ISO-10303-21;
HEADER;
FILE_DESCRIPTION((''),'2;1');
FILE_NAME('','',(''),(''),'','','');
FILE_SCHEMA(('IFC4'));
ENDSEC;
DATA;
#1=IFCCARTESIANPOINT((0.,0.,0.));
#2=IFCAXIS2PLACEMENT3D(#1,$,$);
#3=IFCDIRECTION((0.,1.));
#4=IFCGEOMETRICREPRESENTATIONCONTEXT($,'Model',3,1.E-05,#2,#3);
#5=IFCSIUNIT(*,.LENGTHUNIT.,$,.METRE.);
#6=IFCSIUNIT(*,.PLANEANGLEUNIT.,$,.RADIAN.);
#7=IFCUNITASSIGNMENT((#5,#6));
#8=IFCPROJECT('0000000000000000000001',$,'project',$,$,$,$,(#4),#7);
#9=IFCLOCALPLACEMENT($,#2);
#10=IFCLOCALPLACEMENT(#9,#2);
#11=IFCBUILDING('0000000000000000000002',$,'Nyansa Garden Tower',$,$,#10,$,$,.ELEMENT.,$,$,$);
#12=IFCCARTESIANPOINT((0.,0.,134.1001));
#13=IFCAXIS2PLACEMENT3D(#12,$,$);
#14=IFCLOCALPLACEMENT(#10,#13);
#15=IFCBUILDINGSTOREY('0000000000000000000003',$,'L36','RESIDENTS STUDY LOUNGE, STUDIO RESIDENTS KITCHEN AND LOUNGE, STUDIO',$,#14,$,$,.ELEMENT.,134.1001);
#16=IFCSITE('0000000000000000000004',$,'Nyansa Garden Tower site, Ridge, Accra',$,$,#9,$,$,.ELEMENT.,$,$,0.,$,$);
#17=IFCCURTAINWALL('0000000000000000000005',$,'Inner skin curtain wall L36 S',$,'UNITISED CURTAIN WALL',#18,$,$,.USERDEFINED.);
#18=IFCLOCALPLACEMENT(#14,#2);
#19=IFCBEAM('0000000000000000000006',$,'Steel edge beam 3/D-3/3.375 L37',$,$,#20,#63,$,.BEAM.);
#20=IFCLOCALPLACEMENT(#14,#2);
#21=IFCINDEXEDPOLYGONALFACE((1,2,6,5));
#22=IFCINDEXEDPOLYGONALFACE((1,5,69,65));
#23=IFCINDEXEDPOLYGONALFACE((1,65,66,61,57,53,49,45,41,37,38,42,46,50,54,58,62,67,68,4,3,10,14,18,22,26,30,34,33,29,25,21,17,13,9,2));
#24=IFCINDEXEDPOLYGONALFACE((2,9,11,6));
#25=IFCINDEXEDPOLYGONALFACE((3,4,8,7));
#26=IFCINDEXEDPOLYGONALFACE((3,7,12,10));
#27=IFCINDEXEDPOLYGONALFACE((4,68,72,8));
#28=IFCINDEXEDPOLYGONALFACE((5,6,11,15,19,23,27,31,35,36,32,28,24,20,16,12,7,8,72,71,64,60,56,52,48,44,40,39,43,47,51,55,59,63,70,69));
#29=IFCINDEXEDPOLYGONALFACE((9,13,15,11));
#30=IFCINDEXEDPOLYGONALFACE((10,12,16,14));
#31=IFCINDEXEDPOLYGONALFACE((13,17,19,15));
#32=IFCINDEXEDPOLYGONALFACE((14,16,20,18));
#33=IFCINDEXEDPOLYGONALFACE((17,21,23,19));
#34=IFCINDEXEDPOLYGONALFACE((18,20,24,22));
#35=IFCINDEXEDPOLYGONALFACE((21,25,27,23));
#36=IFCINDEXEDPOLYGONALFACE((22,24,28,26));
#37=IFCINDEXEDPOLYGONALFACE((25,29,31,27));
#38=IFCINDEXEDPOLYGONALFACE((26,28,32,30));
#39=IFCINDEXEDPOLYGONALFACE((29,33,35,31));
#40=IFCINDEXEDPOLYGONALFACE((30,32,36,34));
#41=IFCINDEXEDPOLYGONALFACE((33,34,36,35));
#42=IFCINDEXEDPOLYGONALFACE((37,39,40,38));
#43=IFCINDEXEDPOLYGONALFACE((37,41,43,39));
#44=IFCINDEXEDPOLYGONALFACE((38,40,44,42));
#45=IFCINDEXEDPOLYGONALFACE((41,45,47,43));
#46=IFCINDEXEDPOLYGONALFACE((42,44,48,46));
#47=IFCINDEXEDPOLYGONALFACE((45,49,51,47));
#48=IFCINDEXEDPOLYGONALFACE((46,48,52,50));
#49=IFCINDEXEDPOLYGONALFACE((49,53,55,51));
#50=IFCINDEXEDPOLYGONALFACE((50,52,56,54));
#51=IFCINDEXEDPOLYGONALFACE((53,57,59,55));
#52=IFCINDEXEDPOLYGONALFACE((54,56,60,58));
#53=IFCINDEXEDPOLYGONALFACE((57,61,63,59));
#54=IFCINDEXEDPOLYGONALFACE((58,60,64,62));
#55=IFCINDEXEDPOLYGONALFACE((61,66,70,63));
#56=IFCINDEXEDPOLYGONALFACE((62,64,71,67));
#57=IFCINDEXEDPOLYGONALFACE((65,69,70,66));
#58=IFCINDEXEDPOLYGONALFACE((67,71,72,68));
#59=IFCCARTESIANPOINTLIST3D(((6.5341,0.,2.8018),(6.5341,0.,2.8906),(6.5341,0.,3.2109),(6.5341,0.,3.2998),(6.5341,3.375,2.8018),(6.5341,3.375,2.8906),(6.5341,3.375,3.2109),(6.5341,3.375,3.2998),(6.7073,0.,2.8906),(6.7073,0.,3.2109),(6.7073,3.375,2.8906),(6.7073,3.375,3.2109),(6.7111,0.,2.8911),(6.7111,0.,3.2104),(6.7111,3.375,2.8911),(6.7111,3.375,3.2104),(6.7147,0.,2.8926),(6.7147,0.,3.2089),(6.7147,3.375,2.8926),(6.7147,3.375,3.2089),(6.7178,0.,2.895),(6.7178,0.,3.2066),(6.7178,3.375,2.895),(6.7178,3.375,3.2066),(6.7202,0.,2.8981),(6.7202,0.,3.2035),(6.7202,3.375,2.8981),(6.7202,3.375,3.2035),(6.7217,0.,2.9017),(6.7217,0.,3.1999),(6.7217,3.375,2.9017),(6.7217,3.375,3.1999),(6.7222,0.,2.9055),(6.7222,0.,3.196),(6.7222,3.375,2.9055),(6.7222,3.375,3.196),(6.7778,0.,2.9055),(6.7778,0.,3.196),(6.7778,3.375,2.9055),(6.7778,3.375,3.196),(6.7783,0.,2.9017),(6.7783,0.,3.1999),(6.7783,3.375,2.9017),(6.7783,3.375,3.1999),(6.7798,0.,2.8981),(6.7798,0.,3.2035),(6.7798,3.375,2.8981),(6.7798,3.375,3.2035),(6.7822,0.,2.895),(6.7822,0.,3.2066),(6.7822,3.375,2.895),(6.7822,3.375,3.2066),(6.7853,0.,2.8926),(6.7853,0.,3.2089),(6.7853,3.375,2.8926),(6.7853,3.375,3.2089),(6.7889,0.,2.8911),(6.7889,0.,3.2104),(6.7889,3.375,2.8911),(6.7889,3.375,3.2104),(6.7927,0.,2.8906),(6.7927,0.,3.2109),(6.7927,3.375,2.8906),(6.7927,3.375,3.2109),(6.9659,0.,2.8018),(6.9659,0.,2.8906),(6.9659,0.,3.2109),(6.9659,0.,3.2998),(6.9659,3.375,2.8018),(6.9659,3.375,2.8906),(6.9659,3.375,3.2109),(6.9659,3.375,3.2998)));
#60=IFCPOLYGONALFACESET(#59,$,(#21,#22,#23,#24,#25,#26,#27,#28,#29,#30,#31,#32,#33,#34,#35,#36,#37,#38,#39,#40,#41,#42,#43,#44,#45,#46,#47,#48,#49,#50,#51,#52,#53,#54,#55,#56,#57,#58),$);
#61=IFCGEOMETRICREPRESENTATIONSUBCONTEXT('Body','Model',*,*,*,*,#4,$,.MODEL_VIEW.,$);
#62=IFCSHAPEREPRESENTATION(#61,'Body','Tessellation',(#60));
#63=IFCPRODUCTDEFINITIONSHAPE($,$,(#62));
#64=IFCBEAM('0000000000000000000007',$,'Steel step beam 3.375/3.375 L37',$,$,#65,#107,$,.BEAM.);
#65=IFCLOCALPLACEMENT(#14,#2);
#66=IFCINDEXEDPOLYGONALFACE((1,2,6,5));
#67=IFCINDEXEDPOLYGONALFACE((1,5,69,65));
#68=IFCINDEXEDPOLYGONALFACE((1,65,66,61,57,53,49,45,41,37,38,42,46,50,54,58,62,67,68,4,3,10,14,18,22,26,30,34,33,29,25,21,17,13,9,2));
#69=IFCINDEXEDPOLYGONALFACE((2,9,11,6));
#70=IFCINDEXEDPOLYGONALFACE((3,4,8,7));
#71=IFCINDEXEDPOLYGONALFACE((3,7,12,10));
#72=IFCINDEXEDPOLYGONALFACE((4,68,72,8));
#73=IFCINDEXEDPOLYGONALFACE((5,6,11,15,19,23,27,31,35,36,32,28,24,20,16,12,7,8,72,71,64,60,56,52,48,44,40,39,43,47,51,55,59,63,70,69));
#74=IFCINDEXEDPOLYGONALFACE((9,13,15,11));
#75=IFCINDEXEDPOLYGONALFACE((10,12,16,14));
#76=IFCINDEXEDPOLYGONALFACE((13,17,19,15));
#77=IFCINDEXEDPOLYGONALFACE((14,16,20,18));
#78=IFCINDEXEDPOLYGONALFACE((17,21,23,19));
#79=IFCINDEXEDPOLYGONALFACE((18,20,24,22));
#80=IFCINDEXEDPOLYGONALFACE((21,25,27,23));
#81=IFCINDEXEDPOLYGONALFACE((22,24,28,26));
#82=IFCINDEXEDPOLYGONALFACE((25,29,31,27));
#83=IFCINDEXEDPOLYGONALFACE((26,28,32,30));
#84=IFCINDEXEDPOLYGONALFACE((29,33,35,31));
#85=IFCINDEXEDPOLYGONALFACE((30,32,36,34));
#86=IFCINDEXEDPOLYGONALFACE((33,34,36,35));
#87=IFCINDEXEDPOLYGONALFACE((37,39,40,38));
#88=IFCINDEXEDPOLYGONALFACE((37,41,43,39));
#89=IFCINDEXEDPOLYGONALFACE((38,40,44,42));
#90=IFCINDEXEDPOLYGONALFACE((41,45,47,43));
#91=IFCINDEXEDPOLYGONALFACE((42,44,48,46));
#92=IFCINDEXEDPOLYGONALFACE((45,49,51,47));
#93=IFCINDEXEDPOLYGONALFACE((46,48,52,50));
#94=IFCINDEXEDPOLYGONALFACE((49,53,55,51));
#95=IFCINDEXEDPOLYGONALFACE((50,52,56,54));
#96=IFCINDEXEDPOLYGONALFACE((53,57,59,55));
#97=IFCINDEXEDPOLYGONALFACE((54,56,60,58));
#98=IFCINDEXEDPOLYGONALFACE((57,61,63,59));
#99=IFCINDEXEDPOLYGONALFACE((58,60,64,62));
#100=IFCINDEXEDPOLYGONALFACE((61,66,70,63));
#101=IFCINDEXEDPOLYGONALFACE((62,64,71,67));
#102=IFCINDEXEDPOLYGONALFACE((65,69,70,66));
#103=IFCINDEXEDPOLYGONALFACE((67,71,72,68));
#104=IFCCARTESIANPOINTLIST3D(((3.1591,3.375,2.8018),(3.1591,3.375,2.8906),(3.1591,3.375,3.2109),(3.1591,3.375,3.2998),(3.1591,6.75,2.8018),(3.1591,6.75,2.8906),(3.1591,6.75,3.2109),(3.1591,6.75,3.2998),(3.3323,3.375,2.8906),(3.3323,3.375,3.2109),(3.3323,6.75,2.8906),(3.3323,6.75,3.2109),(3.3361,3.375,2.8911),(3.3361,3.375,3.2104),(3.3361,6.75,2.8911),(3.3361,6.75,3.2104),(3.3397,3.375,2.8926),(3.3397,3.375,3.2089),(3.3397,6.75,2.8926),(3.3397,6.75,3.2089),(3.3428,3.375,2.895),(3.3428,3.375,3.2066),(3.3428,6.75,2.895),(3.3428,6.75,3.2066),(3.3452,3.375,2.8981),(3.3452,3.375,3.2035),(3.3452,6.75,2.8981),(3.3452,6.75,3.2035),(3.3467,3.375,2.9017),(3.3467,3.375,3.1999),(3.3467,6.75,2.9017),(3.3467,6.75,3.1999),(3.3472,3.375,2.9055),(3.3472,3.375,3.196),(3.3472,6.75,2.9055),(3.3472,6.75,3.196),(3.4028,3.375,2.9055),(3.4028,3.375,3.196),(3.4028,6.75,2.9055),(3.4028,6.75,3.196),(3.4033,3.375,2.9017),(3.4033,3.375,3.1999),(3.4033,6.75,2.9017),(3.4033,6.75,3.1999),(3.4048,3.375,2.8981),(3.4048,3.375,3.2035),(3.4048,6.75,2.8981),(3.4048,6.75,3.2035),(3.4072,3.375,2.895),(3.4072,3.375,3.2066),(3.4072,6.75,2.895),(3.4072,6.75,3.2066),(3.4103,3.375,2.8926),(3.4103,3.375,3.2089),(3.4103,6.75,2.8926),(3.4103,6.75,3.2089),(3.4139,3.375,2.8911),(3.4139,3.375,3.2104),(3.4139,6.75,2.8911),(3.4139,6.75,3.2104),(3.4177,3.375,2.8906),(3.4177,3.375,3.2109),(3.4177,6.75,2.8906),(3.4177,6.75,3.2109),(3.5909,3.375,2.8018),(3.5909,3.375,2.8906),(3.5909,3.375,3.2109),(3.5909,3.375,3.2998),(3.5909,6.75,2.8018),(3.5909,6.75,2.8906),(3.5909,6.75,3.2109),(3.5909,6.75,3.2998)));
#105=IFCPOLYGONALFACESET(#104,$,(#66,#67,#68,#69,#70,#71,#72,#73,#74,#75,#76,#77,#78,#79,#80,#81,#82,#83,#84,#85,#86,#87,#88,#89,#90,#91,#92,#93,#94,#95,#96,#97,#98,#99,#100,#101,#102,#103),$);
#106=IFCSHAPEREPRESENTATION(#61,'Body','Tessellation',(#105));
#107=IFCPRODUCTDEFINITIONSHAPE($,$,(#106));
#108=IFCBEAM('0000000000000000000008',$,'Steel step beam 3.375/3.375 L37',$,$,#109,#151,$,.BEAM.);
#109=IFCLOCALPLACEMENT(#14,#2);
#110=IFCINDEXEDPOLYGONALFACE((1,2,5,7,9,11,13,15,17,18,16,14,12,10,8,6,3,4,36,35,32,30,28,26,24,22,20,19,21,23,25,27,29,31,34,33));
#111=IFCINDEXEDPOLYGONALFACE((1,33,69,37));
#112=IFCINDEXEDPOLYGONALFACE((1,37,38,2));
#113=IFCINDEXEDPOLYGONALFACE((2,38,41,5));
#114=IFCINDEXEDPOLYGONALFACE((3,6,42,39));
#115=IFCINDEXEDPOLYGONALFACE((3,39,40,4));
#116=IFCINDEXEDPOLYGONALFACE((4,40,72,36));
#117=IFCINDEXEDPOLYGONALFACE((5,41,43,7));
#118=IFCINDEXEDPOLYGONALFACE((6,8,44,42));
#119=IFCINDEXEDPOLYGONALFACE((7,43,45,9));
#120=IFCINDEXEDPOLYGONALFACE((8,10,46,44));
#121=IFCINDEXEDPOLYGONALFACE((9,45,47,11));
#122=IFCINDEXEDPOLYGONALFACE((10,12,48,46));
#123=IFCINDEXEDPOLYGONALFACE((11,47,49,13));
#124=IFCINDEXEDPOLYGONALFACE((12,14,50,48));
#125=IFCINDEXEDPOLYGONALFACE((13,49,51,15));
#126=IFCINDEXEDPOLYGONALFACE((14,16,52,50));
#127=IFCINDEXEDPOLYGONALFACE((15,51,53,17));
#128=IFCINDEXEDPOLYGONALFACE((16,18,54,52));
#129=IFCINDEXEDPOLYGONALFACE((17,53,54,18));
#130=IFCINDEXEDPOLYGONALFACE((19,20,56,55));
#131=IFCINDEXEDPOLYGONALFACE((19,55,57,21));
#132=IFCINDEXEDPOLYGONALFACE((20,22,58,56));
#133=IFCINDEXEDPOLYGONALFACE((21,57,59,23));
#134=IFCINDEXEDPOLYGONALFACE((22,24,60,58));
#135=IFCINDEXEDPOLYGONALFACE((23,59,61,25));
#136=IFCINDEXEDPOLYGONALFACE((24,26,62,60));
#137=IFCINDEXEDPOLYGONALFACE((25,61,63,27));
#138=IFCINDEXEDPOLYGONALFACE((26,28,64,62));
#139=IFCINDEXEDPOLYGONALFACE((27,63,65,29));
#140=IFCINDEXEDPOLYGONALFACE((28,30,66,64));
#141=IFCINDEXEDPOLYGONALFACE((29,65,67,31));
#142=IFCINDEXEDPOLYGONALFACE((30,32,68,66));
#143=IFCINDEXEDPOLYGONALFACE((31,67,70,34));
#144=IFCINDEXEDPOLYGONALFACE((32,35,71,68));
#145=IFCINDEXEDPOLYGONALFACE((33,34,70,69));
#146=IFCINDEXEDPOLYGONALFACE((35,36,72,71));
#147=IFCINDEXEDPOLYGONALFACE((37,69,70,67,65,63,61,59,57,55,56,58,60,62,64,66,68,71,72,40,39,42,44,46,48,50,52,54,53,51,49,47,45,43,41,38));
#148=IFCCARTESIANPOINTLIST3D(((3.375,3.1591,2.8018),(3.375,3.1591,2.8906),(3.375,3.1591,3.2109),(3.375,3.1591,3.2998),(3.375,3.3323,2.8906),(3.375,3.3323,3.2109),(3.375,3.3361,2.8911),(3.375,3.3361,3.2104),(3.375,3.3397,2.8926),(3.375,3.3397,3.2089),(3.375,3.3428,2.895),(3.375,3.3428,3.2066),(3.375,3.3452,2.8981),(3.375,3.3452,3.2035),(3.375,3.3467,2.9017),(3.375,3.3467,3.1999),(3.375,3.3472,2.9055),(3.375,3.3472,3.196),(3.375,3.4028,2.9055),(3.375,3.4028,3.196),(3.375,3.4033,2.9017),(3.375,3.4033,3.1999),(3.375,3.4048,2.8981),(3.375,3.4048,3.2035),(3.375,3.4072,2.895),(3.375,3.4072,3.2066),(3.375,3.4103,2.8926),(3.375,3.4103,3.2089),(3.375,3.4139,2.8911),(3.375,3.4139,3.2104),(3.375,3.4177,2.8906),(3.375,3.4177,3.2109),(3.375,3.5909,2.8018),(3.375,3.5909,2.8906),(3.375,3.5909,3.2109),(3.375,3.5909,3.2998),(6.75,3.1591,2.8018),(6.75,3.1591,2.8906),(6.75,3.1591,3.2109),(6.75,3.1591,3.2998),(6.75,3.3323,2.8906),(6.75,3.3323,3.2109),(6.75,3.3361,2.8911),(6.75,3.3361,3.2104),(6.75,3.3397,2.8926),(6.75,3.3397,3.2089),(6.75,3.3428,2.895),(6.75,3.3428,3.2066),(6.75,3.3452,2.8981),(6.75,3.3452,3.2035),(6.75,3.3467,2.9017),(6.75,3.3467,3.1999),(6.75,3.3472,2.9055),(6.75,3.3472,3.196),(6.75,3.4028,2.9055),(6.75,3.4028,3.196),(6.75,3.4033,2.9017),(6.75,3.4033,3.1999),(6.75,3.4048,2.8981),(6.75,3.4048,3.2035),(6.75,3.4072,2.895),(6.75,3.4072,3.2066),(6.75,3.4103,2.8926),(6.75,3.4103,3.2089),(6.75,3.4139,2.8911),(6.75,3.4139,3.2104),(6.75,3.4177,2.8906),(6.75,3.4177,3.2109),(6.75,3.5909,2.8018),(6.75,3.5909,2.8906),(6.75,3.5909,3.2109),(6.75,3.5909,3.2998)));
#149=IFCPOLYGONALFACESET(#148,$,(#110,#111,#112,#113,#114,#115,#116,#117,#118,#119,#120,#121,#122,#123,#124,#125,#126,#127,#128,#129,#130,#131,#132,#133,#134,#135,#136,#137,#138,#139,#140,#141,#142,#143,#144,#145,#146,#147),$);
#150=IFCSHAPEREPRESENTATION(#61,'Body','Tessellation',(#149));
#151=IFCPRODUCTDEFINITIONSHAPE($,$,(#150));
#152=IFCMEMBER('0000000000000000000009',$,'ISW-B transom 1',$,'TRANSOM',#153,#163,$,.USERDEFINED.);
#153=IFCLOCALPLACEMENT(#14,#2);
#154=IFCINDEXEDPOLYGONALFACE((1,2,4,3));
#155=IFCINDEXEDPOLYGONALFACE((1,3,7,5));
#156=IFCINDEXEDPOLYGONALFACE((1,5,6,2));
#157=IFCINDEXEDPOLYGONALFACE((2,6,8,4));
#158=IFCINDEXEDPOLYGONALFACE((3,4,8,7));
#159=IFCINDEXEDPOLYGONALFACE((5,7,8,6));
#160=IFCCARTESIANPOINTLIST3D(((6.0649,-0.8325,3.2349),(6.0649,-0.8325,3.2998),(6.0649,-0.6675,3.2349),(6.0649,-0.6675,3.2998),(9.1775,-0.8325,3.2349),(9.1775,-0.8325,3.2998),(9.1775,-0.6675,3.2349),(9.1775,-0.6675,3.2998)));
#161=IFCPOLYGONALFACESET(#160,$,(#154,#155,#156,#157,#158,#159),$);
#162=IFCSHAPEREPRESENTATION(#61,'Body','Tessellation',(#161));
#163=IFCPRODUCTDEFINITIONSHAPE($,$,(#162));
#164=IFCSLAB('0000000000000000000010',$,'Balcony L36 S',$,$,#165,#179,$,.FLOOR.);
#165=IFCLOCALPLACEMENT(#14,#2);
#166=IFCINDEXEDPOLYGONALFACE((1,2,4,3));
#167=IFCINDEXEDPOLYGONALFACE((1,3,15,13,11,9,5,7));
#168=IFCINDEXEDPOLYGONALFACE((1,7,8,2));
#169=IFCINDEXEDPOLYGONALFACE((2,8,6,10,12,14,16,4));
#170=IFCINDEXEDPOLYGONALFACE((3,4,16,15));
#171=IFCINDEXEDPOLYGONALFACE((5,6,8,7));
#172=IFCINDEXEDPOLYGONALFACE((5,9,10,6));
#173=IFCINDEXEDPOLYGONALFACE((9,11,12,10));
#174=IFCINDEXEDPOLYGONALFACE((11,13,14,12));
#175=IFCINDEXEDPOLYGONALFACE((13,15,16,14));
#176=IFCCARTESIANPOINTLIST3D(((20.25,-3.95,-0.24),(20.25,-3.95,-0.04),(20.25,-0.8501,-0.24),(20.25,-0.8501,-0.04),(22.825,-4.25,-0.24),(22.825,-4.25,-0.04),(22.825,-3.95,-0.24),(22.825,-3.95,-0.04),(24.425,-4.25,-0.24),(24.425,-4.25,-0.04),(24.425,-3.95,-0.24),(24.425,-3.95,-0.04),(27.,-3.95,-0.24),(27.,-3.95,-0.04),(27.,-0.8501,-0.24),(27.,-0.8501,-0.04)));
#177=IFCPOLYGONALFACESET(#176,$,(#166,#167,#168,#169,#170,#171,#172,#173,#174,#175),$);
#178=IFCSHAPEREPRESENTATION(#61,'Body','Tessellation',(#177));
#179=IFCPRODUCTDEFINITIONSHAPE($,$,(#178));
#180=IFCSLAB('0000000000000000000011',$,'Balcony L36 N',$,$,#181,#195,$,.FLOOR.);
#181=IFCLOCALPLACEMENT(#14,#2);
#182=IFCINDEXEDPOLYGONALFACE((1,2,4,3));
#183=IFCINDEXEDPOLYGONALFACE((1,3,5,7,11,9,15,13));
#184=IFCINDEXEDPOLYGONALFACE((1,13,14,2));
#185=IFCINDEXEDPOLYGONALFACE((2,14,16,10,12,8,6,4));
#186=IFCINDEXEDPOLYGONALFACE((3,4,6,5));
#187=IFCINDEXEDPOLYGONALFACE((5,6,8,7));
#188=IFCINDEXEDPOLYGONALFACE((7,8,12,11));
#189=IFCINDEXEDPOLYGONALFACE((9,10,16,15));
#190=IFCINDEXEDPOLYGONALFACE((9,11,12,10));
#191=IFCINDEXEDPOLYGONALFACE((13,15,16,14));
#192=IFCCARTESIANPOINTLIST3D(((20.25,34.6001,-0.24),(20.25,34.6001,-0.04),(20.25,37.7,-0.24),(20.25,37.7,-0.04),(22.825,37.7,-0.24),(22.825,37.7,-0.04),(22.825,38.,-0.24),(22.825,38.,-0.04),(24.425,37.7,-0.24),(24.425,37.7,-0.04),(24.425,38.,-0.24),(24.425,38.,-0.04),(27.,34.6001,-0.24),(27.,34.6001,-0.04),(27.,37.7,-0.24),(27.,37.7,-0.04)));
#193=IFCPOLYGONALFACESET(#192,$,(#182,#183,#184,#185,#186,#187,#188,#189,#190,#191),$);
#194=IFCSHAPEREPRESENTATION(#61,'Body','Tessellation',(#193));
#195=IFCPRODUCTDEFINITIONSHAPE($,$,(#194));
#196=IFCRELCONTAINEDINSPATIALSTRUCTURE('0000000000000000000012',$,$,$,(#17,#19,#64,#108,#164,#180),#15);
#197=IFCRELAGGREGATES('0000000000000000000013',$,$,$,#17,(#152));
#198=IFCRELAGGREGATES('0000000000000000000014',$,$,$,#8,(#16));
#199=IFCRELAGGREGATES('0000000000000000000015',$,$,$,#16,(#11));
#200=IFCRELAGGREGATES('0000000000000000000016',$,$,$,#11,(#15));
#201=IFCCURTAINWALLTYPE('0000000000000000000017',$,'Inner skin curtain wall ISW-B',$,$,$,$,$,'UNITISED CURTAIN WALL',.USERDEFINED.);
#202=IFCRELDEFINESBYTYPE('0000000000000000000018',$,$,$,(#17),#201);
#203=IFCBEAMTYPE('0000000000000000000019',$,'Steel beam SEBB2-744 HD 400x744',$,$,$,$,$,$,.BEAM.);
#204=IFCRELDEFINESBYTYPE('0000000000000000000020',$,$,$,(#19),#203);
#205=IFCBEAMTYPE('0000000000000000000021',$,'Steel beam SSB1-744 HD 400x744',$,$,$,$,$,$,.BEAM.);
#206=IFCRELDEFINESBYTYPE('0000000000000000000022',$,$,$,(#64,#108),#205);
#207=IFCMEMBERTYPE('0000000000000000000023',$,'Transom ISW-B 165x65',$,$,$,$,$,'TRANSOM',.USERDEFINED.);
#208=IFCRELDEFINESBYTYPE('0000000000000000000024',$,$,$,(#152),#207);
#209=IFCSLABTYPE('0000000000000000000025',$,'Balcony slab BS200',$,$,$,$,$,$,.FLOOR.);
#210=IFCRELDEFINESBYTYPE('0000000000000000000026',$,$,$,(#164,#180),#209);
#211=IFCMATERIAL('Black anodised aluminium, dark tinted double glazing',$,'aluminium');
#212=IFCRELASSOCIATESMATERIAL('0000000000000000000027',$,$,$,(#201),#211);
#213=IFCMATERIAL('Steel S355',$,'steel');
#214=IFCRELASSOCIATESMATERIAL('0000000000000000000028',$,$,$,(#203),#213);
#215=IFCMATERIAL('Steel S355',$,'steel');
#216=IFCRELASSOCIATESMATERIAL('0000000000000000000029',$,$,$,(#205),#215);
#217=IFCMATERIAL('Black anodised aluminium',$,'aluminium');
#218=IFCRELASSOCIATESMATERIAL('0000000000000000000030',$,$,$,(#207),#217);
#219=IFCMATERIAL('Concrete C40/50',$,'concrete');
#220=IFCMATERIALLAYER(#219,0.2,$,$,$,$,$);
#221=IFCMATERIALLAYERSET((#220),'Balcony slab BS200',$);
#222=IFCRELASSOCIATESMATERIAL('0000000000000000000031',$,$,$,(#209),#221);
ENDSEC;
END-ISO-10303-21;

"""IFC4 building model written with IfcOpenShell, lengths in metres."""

from ifc_helpers import new_model, si_unit, direction, frame, origin, origin_2d, place, context, subcontext, project, spatial, polyline, rectangle, i_section, outline, extrude, material, layer, layer_set, material_profile, profile_set, type_object, element, aggregate, save


model = new_model("IFC4")

# Units and contexts
model_context = context("Model", 3, precision=1e-05, world=origin(), true_north=direction((0.0, 1.0)))
body_context = subcontext(model_context, "Body", "Model", "MODEL_VIEW")
ifc_project = project(units=[si_unit("LENGTHUNIT", "METRE"), si_unit("PLANEANGLEUNIT", "RADIAN")], contexts=[model_context])

# Site, building, storey
site_placement = place(None, origin())
site = spatial("IfcSite", under=ifc_project, at=site_placement, Name="Nyansa Garden Tower site, Ridge, Accra", CompositionType="ELEMENT", RefElevation=0.0)
building_placement = place(site_placement, origin())
building = spatial("IfcBuilding", under=site, at=building_placement, Name="Nyansa Garden Tower", CompositionType="ELEMENT")
storey_placement = place(building_placement, frame((0.0, 0.0, 134.1001)))
storey = spatial("IfcBuildingStorey", under=building, at=storey_placement, Name="L36", Description="RESIDENTS STUDY LOUNGE, STUDIO RESIDENTS KITCHEN AND LOUNGE, STUDIO", CompositionType="ELEMENT", Elevation=134.1001)

# Curtain wall
ifc_material_1 = material(Name="Black anodised aluminium, dark tinted double glazing", Category="aluminium")
curtain_wall_type = type_object("IfcCurtainWallType", Name="Inner skin curtain wall ISW-B", ElementType="UNITISED CURTAIN WALL", PredefinedType="USERDEFINED", material=ifc_material_1)
curtain_wall_1_placement = place(storey_placement, origin())
curtain_wall_1 = element("IfcCurtainWall", 1, at=curtain_wall_1_placement, inside=storey, type_object=curtain_wall_type, Name="Inner skin curtain wall L36 S", ObjectType="UNITISED CURTAIN WALL", PredefinedType="USERDEFINED")

# Beams
ifc_material_2 = material(Name="Steel S355", Category="steel")
ifc_material_profile_1 = material_profile(ifc_material_2, i_section(OverallWidth=0.4319, OverallDepth=0.498, WebThickness=0.0557, FlangeThickness=0.0889, FilletRadius=0.0149, at=origin_2d()), Name="HD 400x744")
ifc_profile_set_1 = profile_set([ifc_material_profile_1], Name="Steel S355")
beam_type_1 = type_object("IfcBeamType", Name="Steel beam SEBB2-744 HD 400x744", PredefinedType="BEAM", material=ifc_profile_set_1)
beam_1_placement = place(storey_placement, frame((6.75, 0.0, 3.0508), z_axis=(0.0, 1.0, 0.0), x_axis=(-1.0, 0.0, 0.0)))
element("IfcBeam", 2, at=beam_1_placement, inside=storey, type_object=beam_type_1, Name="Steel edge beam 3/D-3/3.375 L37", PredefinedType="BEAM", context=body_context, shape_type="SweptSolid", body=[
    extrude(i_section(OverallWidth=0.4319, OverallDepth=0.498, WebThickness=0.0557, FlangeThickness=0.0889, FilletRadius=0.0149, at=origin_2d()), origin(), (0.0, 0.0, 1.0), 3.375),
])
ifc_material_3 = material(Name="Steel S355", Category="steel")
ifc_material_profile_2 = material_profile(ifc_material_3, i_section(OverallWidth=0.4319, OverallDepth=0.498, WebThickness=0.0557, FlangeThickness=0.0889, FilletRadius=0.0149, at=origin_2d()), Name="HD 400x744")
ifc_profile_set_2 = profile_set([ifc_material_profile_2], Name="Steel S355")
beam_type_2 = type_object("IfcBeamType", Name="Steel beam SSB1-744 HD 400x744", PredefinedType="BEAM", material=ifc_profile_set_2)
for number, where, z_axis, x_axis, name in (
    (3, (3.375, 3.375, 3.0508), (0.0, 1.0, 0.0), (-1.0, 0.0, 0.0), "Steel step beam 3.375/3.375 L37"),
    (4, (3.375, 3.375, 3.0508), (1.0, 0.0, 0.0), (0.0, 1.0, 0.0), "Steel step beam 3.375/3.375 L37"),
):
    element("IfcBeam", number, at=place(storey_placement, frame(where, z_axis=z_axis, x_axis=x_axis)), inside=storey, type_object=beam_type_2, Name=name, PredefinedType="BEAM", context=body_context, shape_type="SweptSolid", body=[
        extrude(i_section(OverallWidth=0.4319, OverallDepth=0.498, WebThickness=0.0557, FlangeThickness=0.0889, FilletRadius=0.0149, at=origin_2d()), origin(), (0.0, 0.0, 1.0), 3.375),
    ])

# Member
ifc_material_4 = material(Name="Black anodised aluminium", Category="aluminium")
ifc_material_profile_3 = material_profile(ifc_material_4, rectangle(XDim=0.165, YDim=0.0649, at=origin_2d()), Name="Transom 165x65")
ifc_profile_set_3 = profile_set([ifc_material_profile_3], Name="Black anodised aluminium")
member_type_1 = type_object("IfcMemberType", Name="Transom ISW-B 165x65", ElementType="TRANSOM", PredefinedType="USERDEFINED", material=ifc_profile_set_3)
member_1_placement = place(storey_placement, frame((6.0649, -0.75, 3.2673), z_axis=(1.0, 0.0, 0.0), x_axis=(0.0, 1.0, 0.0)))
member_1 = element("IfcMember", 5, at=member_1_placement, type_object=member_type_1, Name="ISW-B transom 1", ObjectType="TRANSOM", PredefinedType="USERDEFINED", context=body_context, shape_type="SweptSolid", body=[
    extrude(rectangle(XDim=0.165, YDim=0.0649, at=origin_2d()), origin(), (0.0, 0.0, 1.0), 3.1125),
])
aggregate(curtain_wall_1, [member_1])

# Slabs
ifc_material_5 = material(Name="Concrete C40/50", Category="concrete")
ifc_layer_1 = layer(ifc_material_5, 0.2)
ifc_layer_set_1 = layer_set([ifc_layer_1], Name="Balcony slab BS200")
slab_type_1 = type_object("IfcSlabType", Name="Balcony slab BS200", PredefinedType="FLOOR", material=ifc_layer_set_1)
slab_1_placement = place(storey_placement, frame((0.0, 0.0, -0.24)))
element("IfcSlab", 6, at=slab_1_placement, inside=storey, type_object=slab_type_1, Name="Balcony L36 S", PredefinedType="FLOOR", context=body_context, shape_type="SweptSolid", body=[
    extrude(outline(polyline([(20.25, -0.8501), (27.0, -0.8501), (27.0, -3.95), (24.425, -3.95), (24.425, -4.25), (22.825, -4.25), (22.825, -3.95), (20.25, -3.95), (20.25, -0.8501)])), origin(), (0.0, 0.0, 1.0), 0.2),
])
slab_2_placement = place(storey_placement, frame((0.0, 0.0, -0.24)))
element("IfcSlab", 7, at=slab_2_placement, inside=storey, type_object=slab_type_1, Name="Balcony L36 N", PredefinedType="FLOOR", context=body_context, shape_type="SweptSolid", body=[
    extrude(outline(polyline([(20.25, 34.6001), (27.0, 34.6001), (27.0, 37.7), (24.425, 37.7), (24.425, 38.0), (22.825, 38.0), (22.825, 37.7), (20.25, 37.7), (20.25, 34.6001)])), origin(), (0.0, 0.0, 1.0), 0.2),
])

save(model, "model.ifc")
